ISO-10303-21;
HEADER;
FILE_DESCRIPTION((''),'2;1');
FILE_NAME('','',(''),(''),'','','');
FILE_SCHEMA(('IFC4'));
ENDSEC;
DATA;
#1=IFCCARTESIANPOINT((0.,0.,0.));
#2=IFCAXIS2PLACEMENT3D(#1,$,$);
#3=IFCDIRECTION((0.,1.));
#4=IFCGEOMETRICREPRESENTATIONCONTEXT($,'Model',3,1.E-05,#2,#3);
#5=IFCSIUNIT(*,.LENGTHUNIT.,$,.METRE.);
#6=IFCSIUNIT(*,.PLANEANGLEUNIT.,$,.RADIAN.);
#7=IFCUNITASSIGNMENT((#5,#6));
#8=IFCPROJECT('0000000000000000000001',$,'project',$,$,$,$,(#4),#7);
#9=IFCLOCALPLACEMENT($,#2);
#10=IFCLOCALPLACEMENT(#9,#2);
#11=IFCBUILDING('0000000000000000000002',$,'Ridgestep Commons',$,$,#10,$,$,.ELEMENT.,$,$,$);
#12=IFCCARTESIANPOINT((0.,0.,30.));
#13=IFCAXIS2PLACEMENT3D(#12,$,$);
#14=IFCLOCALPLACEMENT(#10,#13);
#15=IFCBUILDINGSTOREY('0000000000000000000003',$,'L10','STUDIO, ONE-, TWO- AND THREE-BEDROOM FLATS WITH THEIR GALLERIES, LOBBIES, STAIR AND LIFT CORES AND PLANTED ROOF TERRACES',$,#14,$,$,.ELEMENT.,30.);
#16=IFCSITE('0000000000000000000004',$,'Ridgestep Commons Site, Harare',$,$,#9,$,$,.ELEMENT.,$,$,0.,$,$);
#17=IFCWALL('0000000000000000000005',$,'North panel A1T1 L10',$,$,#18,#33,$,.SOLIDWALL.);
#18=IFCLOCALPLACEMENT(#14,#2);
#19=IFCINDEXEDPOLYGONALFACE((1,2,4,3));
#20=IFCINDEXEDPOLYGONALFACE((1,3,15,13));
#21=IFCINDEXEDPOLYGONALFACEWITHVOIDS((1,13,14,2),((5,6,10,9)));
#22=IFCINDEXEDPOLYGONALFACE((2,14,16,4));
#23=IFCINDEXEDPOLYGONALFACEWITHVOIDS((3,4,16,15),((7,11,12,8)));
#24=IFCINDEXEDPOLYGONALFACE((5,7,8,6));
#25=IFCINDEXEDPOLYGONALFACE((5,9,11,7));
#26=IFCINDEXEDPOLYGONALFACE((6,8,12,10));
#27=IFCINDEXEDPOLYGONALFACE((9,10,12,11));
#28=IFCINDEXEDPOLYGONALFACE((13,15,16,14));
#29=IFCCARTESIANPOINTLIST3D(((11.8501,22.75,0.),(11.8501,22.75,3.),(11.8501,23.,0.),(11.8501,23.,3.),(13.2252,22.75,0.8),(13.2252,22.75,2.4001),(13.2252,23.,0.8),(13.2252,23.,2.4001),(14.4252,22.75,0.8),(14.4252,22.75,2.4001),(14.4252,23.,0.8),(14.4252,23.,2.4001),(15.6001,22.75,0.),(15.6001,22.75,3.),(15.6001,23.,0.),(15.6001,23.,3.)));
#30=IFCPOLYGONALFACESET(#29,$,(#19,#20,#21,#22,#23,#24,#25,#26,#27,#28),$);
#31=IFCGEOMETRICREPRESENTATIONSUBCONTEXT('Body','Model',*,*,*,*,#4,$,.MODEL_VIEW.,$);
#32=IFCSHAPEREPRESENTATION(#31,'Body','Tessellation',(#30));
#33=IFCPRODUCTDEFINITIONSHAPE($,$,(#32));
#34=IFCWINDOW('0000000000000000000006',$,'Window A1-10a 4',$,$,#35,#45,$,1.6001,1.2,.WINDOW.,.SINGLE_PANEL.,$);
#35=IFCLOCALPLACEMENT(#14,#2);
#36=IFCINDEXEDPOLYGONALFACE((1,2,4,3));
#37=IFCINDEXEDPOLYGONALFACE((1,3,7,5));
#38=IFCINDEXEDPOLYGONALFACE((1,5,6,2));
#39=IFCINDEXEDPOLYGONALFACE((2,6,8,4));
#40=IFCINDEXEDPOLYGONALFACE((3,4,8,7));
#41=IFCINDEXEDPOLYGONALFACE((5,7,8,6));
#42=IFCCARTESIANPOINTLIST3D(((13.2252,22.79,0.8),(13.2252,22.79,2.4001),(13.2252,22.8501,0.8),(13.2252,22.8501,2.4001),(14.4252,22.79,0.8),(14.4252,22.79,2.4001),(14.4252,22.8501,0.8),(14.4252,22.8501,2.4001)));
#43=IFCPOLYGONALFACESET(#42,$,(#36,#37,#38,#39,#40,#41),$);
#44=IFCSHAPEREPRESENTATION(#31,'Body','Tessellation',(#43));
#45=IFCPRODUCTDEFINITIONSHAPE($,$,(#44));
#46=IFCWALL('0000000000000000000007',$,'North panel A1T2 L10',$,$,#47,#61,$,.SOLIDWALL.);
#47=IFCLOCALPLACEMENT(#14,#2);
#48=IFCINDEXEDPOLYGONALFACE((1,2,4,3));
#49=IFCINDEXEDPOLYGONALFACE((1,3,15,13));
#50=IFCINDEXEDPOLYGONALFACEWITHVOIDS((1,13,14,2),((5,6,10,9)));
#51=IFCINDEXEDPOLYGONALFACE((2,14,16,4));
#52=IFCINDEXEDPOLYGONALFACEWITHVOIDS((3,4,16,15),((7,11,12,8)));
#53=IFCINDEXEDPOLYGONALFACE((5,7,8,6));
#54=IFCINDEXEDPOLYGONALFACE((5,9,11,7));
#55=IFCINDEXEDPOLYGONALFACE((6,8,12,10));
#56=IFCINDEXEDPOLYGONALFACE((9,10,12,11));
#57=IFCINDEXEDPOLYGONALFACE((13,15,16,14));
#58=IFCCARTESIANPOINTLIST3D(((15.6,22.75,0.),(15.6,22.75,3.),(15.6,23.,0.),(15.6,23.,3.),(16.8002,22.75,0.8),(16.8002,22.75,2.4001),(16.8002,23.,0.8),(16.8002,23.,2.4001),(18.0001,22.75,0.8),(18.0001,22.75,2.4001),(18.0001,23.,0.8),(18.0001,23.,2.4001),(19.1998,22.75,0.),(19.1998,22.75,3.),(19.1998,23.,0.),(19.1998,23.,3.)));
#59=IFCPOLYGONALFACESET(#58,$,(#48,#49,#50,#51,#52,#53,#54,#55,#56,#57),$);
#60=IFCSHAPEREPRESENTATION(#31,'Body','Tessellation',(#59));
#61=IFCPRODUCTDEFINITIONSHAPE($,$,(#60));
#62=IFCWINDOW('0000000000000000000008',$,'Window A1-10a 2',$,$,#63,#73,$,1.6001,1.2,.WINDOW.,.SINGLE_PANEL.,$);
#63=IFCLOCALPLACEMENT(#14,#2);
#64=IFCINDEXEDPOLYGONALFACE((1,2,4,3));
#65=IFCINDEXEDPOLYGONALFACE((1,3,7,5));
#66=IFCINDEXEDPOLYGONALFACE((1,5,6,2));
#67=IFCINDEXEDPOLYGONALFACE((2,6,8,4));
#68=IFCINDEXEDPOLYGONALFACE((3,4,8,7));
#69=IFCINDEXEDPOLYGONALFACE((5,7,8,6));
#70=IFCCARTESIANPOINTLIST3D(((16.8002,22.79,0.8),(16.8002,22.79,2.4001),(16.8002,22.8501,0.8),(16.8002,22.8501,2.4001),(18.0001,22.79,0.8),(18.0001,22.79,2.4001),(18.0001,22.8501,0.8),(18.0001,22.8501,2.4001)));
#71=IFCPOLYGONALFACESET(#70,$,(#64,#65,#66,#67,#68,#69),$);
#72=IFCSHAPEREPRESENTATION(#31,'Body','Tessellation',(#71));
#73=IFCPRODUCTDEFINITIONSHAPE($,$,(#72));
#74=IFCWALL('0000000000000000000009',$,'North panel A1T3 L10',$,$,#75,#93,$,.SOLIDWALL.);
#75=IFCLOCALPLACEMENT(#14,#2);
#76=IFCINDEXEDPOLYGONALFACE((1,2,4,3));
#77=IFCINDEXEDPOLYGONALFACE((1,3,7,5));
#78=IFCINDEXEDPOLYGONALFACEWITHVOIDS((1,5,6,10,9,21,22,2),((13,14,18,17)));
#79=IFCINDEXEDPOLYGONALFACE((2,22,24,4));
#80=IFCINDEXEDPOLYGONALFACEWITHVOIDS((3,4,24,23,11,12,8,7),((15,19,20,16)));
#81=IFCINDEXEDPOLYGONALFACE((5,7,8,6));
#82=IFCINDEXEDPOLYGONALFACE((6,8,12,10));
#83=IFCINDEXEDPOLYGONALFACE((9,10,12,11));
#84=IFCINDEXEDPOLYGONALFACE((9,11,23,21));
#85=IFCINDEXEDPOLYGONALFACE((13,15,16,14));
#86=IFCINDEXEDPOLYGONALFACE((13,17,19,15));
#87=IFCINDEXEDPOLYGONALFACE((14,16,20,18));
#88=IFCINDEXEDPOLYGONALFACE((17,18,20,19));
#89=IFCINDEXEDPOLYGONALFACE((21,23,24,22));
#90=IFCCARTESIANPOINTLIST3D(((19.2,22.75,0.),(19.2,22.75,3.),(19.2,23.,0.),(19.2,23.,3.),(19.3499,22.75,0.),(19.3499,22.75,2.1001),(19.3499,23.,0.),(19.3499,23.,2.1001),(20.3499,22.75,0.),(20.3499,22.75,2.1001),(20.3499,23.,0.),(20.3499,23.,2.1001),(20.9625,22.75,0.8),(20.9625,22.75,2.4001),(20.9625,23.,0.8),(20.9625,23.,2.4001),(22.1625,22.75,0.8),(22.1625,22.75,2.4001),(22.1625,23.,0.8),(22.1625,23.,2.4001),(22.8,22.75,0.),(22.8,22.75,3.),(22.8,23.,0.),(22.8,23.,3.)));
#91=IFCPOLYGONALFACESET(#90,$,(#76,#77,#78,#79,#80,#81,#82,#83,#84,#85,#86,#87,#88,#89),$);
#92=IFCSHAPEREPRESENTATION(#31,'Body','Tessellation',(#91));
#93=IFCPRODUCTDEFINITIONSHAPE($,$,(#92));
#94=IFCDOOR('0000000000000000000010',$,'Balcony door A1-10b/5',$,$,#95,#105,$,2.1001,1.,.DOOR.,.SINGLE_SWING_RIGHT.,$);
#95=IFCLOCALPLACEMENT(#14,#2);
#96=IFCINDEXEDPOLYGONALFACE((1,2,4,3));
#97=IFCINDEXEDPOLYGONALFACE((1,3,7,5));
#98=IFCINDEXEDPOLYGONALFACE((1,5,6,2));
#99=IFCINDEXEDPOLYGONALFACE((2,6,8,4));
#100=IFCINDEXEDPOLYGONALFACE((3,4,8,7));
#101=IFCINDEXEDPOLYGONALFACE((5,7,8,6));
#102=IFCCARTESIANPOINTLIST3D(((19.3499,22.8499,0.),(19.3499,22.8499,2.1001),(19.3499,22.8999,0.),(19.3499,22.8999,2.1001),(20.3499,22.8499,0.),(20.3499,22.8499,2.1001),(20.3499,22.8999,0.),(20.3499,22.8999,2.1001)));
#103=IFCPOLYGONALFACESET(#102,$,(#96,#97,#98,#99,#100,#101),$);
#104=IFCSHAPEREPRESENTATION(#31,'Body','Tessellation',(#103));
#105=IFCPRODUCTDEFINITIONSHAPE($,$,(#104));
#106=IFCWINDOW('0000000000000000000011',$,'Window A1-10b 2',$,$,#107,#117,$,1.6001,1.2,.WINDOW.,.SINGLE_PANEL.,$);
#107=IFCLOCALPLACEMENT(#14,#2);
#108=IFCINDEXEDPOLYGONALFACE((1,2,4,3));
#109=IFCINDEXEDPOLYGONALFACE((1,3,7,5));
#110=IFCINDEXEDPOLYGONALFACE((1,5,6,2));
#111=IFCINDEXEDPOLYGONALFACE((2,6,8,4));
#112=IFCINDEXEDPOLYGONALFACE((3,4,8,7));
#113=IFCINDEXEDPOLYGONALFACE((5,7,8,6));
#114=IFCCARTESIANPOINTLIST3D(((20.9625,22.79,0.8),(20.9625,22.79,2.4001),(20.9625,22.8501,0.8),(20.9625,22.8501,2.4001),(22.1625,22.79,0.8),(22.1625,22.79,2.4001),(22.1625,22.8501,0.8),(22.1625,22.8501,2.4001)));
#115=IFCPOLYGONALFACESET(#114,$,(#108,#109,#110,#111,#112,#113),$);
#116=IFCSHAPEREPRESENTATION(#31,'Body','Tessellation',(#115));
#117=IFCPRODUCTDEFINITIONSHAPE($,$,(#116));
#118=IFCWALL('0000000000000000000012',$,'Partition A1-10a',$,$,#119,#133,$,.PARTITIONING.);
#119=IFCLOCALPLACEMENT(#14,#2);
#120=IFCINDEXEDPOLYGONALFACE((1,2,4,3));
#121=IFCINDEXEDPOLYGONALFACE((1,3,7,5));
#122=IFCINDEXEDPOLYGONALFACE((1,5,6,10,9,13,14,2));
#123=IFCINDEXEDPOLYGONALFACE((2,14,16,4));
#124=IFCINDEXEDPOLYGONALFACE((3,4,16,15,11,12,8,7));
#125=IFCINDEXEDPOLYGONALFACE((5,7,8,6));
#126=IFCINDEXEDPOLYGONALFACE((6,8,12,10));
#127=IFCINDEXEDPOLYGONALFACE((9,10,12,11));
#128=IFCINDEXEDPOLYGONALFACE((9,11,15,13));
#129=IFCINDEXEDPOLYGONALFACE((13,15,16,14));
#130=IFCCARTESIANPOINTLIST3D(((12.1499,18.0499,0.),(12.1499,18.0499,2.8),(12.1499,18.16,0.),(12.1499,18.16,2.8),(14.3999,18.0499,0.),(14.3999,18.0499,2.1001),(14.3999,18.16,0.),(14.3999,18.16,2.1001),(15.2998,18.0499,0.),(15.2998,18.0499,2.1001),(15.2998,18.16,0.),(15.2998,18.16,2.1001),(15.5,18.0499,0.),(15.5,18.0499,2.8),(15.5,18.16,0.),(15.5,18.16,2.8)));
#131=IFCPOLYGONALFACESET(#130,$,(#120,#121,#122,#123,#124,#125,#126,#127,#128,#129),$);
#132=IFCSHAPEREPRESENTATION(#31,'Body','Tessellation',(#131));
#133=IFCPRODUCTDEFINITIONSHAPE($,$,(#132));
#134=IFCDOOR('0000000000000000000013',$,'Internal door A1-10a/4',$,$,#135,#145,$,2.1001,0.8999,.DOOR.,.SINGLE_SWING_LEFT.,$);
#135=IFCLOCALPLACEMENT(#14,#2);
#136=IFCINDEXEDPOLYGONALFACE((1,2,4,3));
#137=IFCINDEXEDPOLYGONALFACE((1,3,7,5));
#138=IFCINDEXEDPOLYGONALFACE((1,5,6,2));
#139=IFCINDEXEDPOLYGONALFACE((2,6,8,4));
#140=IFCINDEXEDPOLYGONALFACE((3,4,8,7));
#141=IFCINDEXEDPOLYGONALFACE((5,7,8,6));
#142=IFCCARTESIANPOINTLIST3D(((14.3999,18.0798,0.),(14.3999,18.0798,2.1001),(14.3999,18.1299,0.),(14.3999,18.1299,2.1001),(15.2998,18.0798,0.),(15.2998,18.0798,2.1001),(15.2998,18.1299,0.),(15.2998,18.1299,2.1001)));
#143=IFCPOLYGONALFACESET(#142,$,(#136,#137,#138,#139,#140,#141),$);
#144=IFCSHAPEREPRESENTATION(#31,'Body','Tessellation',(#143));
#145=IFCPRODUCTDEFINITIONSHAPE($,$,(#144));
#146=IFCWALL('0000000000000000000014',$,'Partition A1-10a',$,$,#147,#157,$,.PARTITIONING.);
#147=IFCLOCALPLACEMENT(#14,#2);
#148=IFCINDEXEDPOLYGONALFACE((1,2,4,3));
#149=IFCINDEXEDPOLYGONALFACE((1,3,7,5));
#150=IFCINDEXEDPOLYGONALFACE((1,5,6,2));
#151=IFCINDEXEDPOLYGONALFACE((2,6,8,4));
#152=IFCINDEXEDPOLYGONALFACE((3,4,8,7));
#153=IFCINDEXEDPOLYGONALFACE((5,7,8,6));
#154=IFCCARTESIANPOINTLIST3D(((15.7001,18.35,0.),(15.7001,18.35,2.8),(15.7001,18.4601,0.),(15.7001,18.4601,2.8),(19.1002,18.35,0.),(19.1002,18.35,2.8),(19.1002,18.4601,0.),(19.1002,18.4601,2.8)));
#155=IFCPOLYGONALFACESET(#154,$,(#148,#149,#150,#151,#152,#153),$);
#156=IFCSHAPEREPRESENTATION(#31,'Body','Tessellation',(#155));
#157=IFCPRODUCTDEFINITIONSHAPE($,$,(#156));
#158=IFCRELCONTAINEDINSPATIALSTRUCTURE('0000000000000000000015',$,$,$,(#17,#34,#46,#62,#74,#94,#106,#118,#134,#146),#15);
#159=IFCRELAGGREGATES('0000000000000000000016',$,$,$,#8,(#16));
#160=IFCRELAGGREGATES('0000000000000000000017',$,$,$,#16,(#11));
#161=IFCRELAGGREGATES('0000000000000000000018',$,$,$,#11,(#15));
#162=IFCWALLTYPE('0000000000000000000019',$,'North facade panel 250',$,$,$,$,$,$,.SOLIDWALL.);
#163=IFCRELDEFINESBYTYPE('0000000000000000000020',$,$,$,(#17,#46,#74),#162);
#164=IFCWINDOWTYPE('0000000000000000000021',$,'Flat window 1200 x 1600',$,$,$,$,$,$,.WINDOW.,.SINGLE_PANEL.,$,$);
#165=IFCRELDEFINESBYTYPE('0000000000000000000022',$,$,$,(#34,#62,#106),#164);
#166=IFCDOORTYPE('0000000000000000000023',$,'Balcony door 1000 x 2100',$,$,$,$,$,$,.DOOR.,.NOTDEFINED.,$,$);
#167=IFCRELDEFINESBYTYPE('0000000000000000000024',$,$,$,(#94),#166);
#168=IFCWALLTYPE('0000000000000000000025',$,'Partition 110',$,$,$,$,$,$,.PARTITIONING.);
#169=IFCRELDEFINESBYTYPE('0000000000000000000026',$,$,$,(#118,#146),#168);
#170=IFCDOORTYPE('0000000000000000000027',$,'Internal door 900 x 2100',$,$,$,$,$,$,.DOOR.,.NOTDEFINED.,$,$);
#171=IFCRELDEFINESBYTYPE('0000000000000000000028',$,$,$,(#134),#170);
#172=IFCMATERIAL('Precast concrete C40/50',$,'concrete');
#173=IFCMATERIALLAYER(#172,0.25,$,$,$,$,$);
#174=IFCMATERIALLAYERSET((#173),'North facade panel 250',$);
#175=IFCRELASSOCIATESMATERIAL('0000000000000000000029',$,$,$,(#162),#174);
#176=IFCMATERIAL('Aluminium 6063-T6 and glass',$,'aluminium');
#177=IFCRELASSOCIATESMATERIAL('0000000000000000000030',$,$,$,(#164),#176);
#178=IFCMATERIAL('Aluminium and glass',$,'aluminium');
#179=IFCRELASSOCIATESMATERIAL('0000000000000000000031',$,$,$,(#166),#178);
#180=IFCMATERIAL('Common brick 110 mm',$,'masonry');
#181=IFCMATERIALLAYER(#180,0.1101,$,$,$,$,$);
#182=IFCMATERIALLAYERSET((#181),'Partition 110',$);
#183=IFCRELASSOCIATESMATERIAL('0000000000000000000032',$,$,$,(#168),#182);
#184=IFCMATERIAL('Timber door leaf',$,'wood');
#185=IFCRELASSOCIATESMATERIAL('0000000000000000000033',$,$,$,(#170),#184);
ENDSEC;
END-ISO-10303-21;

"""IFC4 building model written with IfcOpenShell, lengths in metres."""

from ifc_helpers import new_model, si_unit, direction, frame, frame_2d, origin, place, context, subcontext, project, spatial, rectangle, extrude, material, layer, layer_set, type_object, element, fill, save


model = new_model("IFC4")

# Units and contexts
model_context = context("Model", 3, precision=1e-05, world=origin(), true_north=direction((0.0, 1.0)))
body_context = subcontext(model_context, "Body", "Model", "MODEL_VIEW")
ifc_project = project(units=[si_unit("LENGTHUNIT", "METRE"), si_unit("PLANEANGLEUNIT", "RADIAN")], contexts=[model_context])

# Site, building, storey
site_placement = place(None, origin())
site = spatial("IfcSite", under=ifc_project, at=site_placement, Name="Ridgestep Commons Site, Harare", CompositionType="ELEMENT", RefElevation=0.0)
building_placement = place(site_placement, origin())
building = spatial("IfcBuilding", under=site, at=building_placement, Name="Ridgestep Commons", CompositionType="ELEMENT")
storey_placement = place(building_placement, frame((0.0, 0.0, 30.0)))
storey = spatial("IfcBuildingStorey", under=building, at=storey_placement, Name="L10", Description="STUDIO, ONE-, TWO- AND THREE-BEDROOM FLATS WITH THEIR GALLERIES, LOBBIES, STAIR AND LIFT CORES AND PLANTED ROOF TERRACES", CompositionType="ELEMENT", Elevation=30.0)

# Walls, openings, windows
ifc_material_1 = material(Name="Precast concrete C40/50", Category="concrete")
ifc_layer_1 = layer(ifc_material_1, 0.25)
ifc_layer_set_1 = layer_set([ifc_layer_1], Name="North facade panel 250")
wall_type_1 = type_object("IfcWallType", Name="North facade panel 250", PredefinedType="SOLIDWALL", material=ifc_layer_set_1)
wall_1_placement = place(storey_placement, frame((11.8501, 22.875, 0.0), z_axis=(0.0, 0.0, 1.0), x_axis=(1.0, 0.0, 0.0)))
wall_1 = element("IfcWall", 1, at=wall_1_placement, inside=storey, type_object=wall_type_1, Name="North panel A1T1 L10", PredefinedType="SOLIDWALL", context=body_context, shape_type="SweptSolid", body=[
    extrude(rectangle(XDim=3.75, YDim=0.25, at=frame_2d((1.875, 0.0))), origin(), (0.0, 0.0, 1.0), 3.0),
])
opening_1_placement = place(wall_1_placement, frame((1.375, 0.0, 0.8)))
opening_1 = element("IfcOpeningElement", 2, at=opening_1_placement, cuts=wall_1, PredefinedType="OPENING", context=body_context, shape_type="SweptSolid", body=[
    extrude(rectangle(XDim=1.2, YDim=1.6001, at=frame_2d((0.6001, 0.8))), frame((0.0, 0.135, 0.0), z_axis=(0.0, -1.0, 0.0), x_axis=(1.0, 0.0, 0.0)), (0.0, 0.0, 1.0), 0.27),
])
ifc_material_2 = material(Name="Aluminium 6063-T6 and glass", Category="aluminium")
window_type = type_object("IfcWindowType", Name="Flat window 1200 x 1600", PartitioningType="SINGLE_PANEL", PredefinedType="WINDOW", material=ifc_material_2)
window_1_placement = place(opening_1_placement, origin())
window_1 = element("IfcWindow", 3, at=window_1_placement, inside=storey, type_object=window_type, Name="Window A1-10a 4", OverallHeight=1.6001, OverallWidth=1.2, PartitioningType="SINGLE_PANEL", PredefinedType="WINDOW", context=body_context, shape_type="SweptSolid", body=[
    extrude(rectangle(XDim=1.2, YDim=1.6001, at=frame_2d((0.6001, 0.8))), frame((0.0, -0.0249, 0.0), z_axis=(0.0, -1.0, 0.0), x_axis=(1.0, 0.0, 0.0)), (0.0, 0.0, 1.0), 0.0601),
])
fill(opening_1, window_1)
wall_2_placement = place(storey_placement, frame((15.6001, 22.875, 0.0), z_axis=(0.0, 0.0, 1.0), x_axis=(1.0, 0.0, 0.0)))
wall_2 = element("IfcWall", 4, at=wall_2_placement, inside=storey, type_object=wall_type_1, Name="North panel A1T2 L10", PredefinedType="SOLIDWALL", context=body_context, shape_type="SweptSolid", body=[
    extrude(rectangle(XDim=3.5999, YDim=0.25, at=frame_2d((1.7998, 0.0))), origin(), (0.0, 0.0, 1.0), 3.0),
])
opening_2_placement = place(wall_2_placement, frame((1.2, 0.0, 0.8)))
opening_2 = element("IfcOpeningElement", 5, at=opening_2_placement, cuts=wall_2, PredefinedType="OPENING", context=body_context, shape_type="SweptSolid", body=[
    extrude(rectangle(XDim=1.2, YDim=1.6001, at=frame_2d((0.6001, 0.8))), frame((0.0, 0.135, 0.0), z_axis=(0.0, -1.0, 0.0), x_axis=(1.0, 0.0, 0.0)), (0.0, 0.0, 1.0), 0.27),
])
window_2_placement = place(opening_2_placement, origin())
window_2 = element("IfcWindow", 6, at=window_2_placement, inside=storey, type_object=window_type, Name="Window A1-10a 2", OverallHeight=1.6001, OverallWidth=1.2, PartitioningType="SINGLE_PANEL", PredefinedType="WINDOW", context=body_context, shape_type="SweptSolid", body=[
    extrude(rectangle(XDim=1.2, YDim=1.6001, at=frame_2d((0.6001, 0.8))), frame((0.0, -0.0249, 0.0), z_axis=(0.0, -1.0, 0.0), x_axis=(1.0, 0.0, 0.0)), (0.0, 0.0, 1.0), 0.0601),
])
fill(opening_2, window_2)

# Wall, openings, door, window
wall_3_placement = place(storey_placement, frame((19.2, 22.875, 0.0), z_axis=(0.0, 0.0, 1.0), x_axis=(1.0, 0.0, 0.0)))
wall_3 = element("IfcWall", 7, at=wall_3_placement, inside=storey, type_object=wall_type_1, Name="North panel A1T3 L10", PredefinedType="SOLIDWALL", context=body_context, shape_type="SweptSolid", body=[
    extrude(rectangle(XDim=3.6001, YDim=0.25, at=frame_2d((1.8, 0.0))), origin(), (0.0, 0.0, 1.0), 3.0),
])
opening_3_placement = place(wall_3_placement, frame((1.7625, 0.0, 0.8)))
opening_3 = element("IfcOpeningElement", 8, at=opening_3_placement, cuts=wall_3, PredefinedType="OPENING", context=body_context, shape_type="SweptSolid", body=[
    extrude(rectangle(XDim=1.2, YDim=1.6001, at=frame_2d((0.6001, 0.8))), frame((0.0, 0.135, 0.0), z_axis=(0.0, -1.0, 0.0), x_axis=(1.0, 0.0, 0.0)), (0.0, 0.0, 1.0), 0.27),
])
opening_4_placement = place(wall_3_placement, frame((0.1499, 0.0, 0.0)))
opening_4 = element("IfcOpeningElement", 9, at=opening_4_placement, cuts=wall_3, PredefinedType="OPENING", context=body_context, shape_type="SweptSolid", body=[
    extrude(rectangle(XDim=1.0, YDim=2.1001, at=frame_2d((0.5, 1.05))), frame((0.0, 0.135, 0.0), z_axis=(0.0, -1.0, 0.0), x_axis=(1.0, 0.0, 0.0)), (0.0, 0.0, 1.0), 0.27),
])
ifc_material_3 = material(Name="Aluminium and glass", Category="aluminium")
door_type_1 = type_object("IfcDoorType", Name="Balcony door 1000 x 2100", OperationType="NOTDEFINED", PredefinedType="DOOR", material=ifc_material_3)
door_1_placement = place(opening_4_placement, origin())
door_1 = element("IfcDoor", 10, at=door_1_placement, inside=storey, type_object=door_type_1, Name="Balcony door A1-10b/5", OperationType="SINGLE_SWING_RIGHT", OverallHeight=2.1001, OverallWidth=1.0, PredefinedType="DOOR", context=body_context, shape_type="SweptSolid", body=[
    extrude(rectangle(XDim=1.0, YDim=2.1001, at=frame_2d((0.5, 1.05))), frame((0.0, 0.0249, 0.0), z_axis=(0.0, -1.0, 0.0), x_axis=(1.0, 0.0, 0.0)), (0.0, 0.0, 1.0), 0.05),
])
fill(opening_4, door_1)
window_3_placement = place(opening_3_placement, origin())
window_3 = element("IfcWindow", 11, at=window_3_placement, inside=storey, type_object=window_type, Name="Window A1-10b 2", OverallHeight=1.6001, OverallWidth=1.2, PartitioningType="SINGLE_PANEL", PredefinedType="WINDOW", context=body_context, shape_type="SweptSolid", body=[
    extrude(rectangle(XDim=1.2, YDim=1.6001, at=frame_2d((0.6001, 0.8))), frame((0.0, -0.0249, 0.0), z_axis=(0.0, -1.0, 0.0), x_axis=(1.0, 0.0, 0.0)), (0.0, 0.0, 1.0), 0.0601),
])
fill(opening_3, window_3)

# Wall, opening, door
ifc_material_4 = material(Name="Common brick 110 mm", Category="masonry")
ifc_layer_2 = layer(ifc_material_4, 0.1101)
ifc_layer_set_2 = layer_set([ifc_layer_2], Name="Partition 110")
wall_type_2 = type_object("IfcWallType", Name="Partition 110", PredefinedType="PARTITIONING", material=ifc_layer_set_2)
wall_4_placement = place(storey_placement, frame((12.1499, 18.105, 0.0), z_axis=(0.0, 0.0, 1.0), x_axis=(1.0, 0.0, 0.0)))
wall_4 = element("IfcWall", 12, at=wall_4_placement, inside=storey, type_object=wall_type_2, Name="Partition A1-10a", PredefinedType="PARTITIONING", context=body_context, shape_type="SweptSolid", body=[
    extrude(rectangle(XDim=3.3501, YDim=0.1101, at=frame_2d((1.675, 0.0))), origin(), (0.0, 0.0, 1.0), 2.8),
])
opening_5_placement = place(wall_4_placement, frame((2.25, 0.0, 0.0)))
opening_5 = element("IfcOpeningElement", 13, at=opening_5_placement, cuts=wall_4, PredefinedType="OPENING", context=body_context, shape_type="SweptSolid", body=[
    extrude(rectangle(XDim=0.8999, YDim=2.1001, at=frame_2d((0.45, 1.05))), frame((0.0, 0.0649, 0.0), z_axis=(0.0, -1.0, 0.0), x_axis=(1.0, 0.0, 0.0)), (0.0, 0.0, 1.0), 0.1301),
])
ifc_material_5 = material(Name="Timber door leaf", Category="wood")
door_type_2 = type_object("IfcDoorType", Name="Internal door 900 x 2100", OperationType="NOTDEFINED", PredefinedType="DOOR", material=ifc_material_5)
door_2_placement = place(opening_5_placement, origin())
door_2 = element("IfcDoor", 14, at=door_2_placement, inside=storey, type_object=door_type_2, Name="Internal door A1-10a/4", OperationType="SINGLE_SWING_LEFT", OverallHeight=2.1001, OverallWidth=0.8999, PredefinedType="DOOR", context=body_context, shape_type="SweptSolid", body=[
    extrude(rectangle(XDim=0.8999, YDim=2.1001, at=frame_2d((0.45, 1.05))), frame((0.0, 0.0249, 0.0), z_axis=(0.0, -1.0, 0.0), x_axis=(1.0, 0.0, 0.0)), (0.0, 0.0, 1.0), 0.05),
])
fill(opening_5, door_2)

# Wall
wall_5_placement = place(storey_placement, frame((15.7, 18.405, 0.0), z_axis=(0.0, 0.0, 1.0), x_axis=(1.0, 0.0, 0.0)))
element("IfcWall", 15, at=wall_5_placement, inside=storey, type_object=wall_type_2, Name="Partition A1-10a", PredefinedType="PARTITIONING", context=body_context, shape_type="SweptSolid", body=[
    extrude(rectangle(XDim=3.4001, YDim=0.1101, at=frame_2d((1.7002, 0.0))), origin(), (0.0, 0.0, 1.0), 2.8),
])

save(model, "model.ifc")
